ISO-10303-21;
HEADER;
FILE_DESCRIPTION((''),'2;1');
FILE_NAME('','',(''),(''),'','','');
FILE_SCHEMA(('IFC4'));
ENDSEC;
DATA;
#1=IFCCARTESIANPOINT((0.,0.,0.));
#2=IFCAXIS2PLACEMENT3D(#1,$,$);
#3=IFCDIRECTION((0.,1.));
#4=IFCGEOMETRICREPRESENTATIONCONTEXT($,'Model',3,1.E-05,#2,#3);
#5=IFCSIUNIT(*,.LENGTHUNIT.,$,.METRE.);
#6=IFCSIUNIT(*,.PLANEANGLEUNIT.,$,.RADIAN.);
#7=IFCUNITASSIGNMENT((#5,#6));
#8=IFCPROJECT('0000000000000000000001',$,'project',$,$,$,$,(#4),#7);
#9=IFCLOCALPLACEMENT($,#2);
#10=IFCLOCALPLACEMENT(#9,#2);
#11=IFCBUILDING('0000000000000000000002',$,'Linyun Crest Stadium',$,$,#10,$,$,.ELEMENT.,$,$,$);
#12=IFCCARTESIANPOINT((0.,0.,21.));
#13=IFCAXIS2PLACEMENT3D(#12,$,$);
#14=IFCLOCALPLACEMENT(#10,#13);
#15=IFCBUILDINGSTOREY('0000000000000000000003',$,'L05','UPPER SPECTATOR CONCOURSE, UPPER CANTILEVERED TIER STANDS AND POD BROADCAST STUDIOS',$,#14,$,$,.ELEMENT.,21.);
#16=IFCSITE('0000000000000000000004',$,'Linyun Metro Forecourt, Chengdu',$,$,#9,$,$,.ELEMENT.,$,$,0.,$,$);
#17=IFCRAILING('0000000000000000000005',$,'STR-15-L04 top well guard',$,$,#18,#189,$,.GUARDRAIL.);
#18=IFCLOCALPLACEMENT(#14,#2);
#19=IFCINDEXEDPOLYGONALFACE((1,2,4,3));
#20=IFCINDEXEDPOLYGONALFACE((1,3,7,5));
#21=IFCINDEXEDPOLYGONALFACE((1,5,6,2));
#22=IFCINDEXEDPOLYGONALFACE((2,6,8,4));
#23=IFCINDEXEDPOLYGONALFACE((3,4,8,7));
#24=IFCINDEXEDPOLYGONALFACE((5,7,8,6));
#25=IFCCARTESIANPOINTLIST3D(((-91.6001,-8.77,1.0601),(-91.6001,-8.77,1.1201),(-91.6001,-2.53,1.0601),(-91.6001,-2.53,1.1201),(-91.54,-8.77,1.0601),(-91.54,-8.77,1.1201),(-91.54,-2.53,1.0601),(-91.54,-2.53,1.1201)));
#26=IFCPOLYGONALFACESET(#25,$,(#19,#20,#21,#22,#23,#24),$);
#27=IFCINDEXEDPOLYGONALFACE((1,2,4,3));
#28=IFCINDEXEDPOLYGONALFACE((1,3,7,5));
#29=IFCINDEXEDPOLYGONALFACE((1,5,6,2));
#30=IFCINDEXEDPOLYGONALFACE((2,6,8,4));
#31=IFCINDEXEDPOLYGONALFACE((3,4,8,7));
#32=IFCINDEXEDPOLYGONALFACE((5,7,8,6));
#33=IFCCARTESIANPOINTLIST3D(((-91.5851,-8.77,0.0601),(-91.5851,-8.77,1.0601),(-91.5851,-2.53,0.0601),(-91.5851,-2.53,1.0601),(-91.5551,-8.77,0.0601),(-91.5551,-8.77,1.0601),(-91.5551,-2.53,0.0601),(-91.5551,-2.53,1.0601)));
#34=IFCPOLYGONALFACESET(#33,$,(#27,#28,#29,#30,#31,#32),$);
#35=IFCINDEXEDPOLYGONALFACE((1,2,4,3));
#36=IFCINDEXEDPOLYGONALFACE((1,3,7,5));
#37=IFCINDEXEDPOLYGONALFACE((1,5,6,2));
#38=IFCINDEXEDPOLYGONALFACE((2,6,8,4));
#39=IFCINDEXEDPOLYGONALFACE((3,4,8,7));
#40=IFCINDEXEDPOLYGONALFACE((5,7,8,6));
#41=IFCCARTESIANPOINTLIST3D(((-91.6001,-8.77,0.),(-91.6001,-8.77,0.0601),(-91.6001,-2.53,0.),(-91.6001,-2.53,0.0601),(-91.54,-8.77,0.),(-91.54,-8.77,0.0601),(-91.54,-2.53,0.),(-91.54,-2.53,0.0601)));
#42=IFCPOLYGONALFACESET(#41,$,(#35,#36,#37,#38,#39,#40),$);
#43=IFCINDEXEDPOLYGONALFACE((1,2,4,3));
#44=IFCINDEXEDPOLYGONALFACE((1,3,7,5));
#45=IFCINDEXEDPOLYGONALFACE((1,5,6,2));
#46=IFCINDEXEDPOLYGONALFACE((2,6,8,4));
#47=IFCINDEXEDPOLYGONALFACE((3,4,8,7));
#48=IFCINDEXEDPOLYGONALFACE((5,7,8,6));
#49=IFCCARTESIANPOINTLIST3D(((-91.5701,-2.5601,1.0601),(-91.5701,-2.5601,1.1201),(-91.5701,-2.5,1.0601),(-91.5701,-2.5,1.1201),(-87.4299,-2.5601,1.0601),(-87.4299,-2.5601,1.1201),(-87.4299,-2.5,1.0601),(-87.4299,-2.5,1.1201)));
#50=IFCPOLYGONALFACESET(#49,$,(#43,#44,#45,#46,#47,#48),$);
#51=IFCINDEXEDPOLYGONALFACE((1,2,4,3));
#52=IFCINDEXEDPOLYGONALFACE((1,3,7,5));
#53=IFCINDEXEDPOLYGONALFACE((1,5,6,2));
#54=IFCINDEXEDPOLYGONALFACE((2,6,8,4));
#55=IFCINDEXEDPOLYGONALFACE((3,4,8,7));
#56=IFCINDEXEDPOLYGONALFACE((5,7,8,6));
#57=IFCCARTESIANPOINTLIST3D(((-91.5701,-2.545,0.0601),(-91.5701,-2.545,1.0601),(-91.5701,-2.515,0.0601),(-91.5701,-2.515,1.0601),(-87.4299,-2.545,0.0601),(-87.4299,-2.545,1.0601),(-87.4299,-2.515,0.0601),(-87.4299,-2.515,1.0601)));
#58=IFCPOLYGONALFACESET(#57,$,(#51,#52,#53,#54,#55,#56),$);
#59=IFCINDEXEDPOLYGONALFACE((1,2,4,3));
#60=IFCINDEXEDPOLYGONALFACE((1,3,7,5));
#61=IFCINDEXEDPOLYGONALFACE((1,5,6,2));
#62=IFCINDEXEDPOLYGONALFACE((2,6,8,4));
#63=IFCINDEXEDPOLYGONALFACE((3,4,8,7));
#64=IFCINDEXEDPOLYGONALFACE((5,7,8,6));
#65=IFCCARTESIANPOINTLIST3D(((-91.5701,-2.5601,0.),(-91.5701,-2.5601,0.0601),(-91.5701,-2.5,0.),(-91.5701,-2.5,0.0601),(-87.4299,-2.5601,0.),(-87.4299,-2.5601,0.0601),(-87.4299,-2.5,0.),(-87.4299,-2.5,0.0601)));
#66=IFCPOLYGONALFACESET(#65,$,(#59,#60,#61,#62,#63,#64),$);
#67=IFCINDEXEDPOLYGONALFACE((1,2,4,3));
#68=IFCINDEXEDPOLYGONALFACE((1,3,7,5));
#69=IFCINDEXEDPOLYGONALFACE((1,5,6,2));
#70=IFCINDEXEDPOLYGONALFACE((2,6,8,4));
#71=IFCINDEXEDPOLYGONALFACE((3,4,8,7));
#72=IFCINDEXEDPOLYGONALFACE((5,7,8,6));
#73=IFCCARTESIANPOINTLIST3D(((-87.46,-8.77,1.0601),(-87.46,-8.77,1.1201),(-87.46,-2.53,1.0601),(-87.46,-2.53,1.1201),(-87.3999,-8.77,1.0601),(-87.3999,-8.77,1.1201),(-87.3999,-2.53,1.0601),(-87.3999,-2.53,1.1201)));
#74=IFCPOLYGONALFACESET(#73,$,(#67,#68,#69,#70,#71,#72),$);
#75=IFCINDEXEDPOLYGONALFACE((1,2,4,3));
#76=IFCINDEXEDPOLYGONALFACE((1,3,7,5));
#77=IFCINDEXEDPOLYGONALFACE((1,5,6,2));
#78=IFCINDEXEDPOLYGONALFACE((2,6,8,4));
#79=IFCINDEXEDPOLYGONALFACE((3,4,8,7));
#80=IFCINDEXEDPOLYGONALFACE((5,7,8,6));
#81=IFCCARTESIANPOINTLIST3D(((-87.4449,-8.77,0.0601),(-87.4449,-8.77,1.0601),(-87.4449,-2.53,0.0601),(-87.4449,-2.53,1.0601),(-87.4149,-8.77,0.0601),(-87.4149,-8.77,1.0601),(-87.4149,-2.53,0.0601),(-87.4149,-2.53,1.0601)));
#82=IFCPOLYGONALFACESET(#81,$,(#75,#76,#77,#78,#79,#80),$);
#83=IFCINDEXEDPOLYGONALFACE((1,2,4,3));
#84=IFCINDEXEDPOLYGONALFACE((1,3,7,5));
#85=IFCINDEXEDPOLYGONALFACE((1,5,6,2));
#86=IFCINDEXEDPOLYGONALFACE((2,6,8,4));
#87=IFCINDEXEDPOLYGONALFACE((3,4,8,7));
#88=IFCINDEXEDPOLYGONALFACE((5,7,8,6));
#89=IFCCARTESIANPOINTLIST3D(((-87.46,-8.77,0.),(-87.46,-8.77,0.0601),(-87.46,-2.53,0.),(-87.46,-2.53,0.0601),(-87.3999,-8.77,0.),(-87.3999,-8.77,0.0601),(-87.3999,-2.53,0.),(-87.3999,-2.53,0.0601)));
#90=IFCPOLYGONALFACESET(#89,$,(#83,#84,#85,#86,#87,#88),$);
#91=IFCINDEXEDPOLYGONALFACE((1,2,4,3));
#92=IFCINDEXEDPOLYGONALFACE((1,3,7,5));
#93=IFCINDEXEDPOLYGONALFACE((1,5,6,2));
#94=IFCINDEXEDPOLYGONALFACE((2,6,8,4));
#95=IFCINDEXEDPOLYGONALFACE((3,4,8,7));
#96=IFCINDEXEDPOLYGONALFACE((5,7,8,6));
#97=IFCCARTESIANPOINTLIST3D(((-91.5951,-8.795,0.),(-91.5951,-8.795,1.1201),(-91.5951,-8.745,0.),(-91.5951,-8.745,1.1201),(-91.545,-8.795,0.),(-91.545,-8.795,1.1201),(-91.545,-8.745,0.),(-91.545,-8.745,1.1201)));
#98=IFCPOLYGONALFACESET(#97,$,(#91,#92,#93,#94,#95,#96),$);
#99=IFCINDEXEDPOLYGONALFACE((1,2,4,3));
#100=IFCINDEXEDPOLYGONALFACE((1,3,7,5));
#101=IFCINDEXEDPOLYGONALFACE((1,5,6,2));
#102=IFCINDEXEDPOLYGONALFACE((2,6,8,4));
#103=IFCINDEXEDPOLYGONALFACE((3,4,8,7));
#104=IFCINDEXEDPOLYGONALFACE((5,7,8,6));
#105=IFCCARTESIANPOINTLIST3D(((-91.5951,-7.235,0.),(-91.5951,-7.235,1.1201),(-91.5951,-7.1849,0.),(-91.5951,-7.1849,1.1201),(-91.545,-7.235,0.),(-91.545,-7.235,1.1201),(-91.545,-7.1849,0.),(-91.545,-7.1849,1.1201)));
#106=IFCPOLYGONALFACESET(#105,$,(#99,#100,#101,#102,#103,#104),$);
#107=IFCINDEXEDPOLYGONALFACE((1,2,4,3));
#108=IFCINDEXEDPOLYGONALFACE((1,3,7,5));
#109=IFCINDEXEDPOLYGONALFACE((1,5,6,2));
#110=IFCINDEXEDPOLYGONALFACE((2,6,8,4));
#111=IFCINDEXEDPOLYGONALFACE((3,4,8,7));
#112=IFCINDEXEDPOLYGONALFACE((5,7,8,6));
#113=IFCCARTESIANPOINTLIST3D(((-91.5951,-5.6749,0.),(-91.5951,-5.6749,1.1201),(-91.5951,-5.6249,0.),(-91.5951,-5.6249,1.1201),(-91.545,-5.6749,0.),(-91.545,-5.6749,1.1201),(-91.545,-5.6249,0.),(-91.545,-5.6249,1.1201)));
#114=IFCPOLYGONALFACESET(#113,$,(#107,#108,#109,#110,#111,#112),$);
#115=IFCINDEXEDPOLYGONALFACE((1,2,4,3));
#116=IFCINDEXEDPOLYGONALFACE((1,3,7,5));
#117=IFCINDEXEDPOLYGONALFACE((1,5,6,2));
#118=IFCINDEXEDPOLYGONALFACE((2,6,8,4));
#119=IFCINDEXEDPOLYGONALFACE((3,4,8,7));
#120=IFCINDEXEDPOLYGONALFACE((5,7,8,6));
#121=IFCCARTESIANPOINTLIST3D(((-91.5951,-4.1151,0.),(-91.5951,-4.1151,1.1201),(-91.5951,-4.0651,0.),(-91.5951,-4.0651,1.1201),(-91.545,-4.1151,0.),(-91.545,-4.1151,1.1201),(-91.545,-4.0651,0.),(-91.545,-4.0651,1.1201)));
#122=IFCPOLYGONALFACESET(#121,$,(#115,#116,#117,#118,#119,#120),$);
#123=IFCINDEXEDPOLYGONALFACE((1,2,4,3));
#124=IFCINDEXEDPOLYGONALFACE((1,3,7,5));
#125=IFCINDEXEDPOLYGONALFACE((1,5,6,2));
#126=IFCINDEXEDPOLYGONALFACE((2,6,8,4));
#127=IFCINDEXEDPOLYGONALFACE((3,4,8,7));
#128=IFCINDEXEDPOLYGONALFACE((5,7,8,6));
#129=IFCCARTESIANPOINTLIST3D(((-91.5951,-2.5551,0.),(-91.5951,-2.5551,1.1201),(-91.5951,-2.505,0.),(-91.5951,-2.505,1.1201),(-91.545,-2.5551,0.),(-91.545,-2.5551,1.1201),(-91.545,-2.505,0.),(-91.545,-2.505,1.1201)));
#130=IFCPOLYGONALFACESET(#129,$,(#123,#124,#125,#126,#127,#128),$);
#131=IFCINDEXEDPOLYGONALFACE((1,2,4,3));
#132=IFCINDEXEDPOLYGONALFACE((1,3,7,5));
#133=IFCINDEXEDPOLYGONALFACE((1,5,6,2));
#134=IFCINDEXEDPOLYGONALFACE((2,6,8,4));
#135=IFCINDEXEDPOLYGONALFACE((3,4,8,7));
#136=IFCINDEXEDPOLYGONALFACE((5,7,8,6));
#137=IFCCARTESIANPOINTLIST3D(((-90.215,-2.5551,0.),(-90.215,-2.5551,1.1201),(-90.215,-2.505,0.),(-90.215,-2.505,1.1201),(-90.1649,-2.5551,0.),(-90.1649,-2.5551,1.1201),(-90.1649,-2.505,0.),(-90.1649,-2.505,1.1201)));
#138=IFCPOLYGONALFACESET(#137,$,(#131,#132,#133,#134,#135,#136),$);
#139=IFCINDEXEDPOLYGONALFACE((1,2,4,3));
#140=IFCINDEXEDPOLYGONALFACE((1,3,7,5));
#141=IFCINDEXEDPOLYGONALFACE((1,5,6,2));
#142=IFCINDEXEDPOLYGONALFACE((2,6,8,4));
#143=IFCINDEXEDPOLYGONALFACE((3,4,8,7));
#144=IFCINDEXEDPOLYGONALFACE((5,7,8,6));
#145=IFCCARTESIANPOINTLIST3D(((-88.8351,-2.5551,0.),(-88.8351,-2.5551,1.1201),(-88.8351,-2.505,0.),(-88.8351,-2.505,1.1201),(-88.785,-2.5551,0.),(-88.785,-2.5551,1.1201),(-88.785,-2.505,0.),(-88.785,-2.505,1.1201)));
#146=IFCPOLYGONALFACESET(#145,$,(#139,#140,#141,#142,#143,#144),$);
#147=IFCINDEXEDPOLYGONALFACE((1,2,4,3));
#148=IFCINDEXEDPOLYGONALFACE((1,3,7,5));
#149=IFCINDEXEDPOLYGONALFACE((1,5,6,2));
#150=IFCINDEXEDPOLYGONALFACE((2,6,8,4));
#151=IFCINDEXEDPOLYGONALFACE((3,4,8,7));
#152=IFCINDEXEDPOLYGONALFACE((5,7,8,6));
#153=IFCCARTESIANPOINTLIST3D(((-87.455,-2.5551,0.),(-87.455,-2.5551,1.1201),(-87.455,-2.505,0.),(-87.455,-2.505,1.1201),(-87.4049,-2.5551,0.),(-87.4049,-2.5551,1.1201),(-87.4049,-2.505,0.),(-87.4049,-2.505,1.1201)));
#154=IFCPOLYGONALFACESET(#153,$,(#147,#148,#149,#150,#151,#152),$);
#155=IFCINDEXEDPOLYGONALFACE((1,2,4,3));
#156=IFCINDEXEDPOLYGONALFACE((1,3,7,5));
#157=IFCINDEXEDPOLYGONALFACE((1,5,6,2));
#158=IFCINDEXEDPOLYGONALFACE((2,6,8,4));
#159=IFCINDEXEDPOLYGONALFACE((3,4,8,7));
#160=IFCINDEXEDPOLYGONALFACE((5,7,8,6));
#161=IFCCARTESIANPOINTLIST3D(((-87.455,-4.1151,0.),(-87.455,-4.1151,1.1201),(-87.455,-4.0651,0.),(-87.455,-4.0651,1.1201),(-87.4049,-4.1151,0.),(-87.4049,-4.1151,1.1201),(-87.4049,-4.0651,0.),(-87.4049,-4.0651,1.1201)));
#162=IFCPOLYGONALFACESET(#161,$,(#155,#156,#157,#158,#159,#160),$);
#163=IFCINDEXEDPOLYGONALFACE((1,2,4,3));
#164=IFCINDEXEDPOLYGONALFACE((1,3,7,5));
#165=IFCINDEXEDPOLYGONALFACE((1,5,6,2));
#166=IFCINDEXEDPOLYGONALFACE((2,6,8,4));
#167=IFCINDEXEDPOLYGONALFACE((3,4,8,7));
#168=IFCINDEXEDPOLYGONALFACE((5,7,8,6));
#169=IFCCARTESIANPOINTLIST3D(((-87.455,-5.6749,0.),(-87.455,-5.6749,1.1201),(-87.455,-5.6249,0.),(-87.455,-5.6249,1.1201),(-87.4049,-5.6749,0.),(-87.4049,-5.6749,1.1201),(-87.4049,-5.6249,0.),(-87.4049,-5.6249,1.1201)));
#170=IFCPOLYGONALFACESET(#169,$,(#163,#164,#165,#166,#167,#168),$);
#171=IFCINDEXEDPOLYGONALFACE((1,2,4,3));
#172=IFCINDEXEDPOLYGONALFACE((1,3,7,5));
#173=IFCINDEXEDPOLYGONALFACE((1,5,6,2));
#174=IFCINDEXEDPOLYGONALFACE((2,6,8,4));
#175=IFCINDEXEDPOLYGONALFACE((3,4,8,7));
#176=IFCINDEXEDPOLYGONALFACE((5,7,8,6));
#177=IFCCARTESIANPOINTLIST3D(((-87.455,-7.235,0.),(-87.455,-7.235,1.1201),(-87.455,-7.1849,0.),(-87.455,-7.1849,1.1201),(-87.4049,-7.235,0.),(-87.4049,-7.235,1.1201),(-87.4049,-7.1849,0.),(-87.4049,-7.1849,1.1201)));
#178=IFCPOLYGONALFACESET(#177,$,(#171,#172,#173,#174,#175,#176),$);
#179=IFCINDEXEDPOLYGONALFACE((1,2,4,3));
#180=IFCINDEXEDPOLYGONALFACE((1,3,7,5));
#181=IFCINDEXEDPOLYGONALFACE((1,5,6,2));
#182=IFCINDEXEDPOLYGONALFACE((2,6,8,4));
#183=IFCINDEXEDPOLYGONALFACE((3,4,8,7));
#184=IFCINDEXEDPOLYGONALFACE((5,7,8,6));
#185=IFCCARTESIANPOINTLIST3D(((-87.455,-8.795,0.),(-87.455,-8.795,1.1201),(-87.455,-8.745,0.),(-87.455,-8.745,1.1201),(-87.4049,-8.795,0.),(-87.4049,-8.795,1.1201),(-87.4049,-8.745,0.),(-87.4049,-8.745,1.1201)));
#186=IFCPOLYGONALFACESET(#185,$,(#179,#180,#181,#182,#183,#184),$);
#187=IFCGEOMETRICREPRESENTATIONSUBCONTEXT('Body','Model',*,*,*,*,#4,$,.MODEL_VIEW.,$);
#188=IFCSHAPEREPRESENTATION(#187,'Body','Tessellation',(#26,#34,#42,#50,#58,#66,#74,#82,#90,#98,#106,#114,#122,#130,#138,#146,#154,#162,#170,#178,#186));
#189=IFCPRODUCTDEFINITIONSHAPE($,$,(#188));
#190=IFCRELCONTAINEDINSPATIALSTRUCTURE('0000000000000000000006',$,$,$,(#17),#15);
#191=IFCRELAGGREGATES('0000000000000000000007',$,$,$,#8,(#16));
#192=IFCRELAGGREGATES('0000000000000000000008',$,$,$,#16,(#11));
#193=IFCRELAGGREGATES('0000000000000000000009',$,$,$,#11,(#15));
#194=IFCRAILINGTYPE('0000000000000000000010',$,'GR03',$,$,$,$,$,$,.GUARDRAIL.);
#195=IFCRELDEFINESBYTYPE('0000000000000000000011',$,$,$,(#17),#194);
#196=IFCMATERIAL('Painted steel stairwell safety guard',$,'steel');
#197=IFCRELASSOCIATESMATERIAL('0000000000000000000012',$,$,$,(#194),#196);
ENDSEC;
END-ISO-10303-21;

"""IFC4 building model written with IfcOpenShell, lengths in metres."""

from ifc_helpers import new_model, si_unit, direction, frame, origin, origin_2d, place, context, subcontext, project, spatial, rectangle, extrude, material, type_object, element, save


model = new_model("IFC4")

# Units and contexts
model_context = context("Model", 3, precision=1e-05, world=origin(), true_north=direction((0.0, 1.0)))
body_context = subcontext(model_context, "Body", "Model", "MODEL_VIEW")
ifc_project = project(units=[si_unit("LENGTHUNIT", "METRE"), si_unit("PLANEANGLEUNIT", "RADIAN")], contexts=[model_context])

# Site, building, storey
site_placement = place(None, origin())
site = spatial("IfcSite", under=ifc_project, at=site_placement, Name="Linyun Metro Forecourt, Chengdu", CompositionType="ELEMENT", RefElevation=0.0)
building_placement = place(site_placement, origin())
building = spatial("IfcBuilding", under=site, at=building_placement, Name="Linyun Crest Stadium", CompositionType="ELEMENT")
storey_placement = place(building_placement, frame((0.0, 0.0, 21.0)))
storey = spatial("IfcBuildingStorey", under=building, at=storey_placement, Name="L05", Description="UPPER SPECTATOR CONCOURSE, UPPER CANTILEVERED TIER STANDS AND POD BROADCAST STUDIOS", CompositionType="ELEMENT", Elevation=21.0)

# Railing
ifc_material_1 = material(Name="Painted steel stairwell safety guard", Category="steel")
railing_type_1 = type_object("IfcRailingType", Name="GR03", PredefinedType="GUARDRAIL", material=ifc_material_1)
railing_1_placement = place(storey_placement, frame((-91.5701, -8.77, 0.0)))
element("IfcRailing", 1, at=railing_1_placement, inside=storey, type_object=railing_type_1, Name="STR-15-L04 top well guard", PredefinedType="GUARDRAIL", context=body_context, shape_type="SweptSolid", body=[
    extrude(rectangle(XDim=0.0601, YDim=0.0601, at=origin_2d()), frame((0.0, 0.0, 1.0901), z_axis=(0.0, 1.0, 0.0), x_axis=(-1.0, 0.0, 0.0)), (0.0, 0.0, 1.0), 6.24),
    extrude(rectangle(XDim=0.03, YDim=1.0, at=origin_2d()), frame((0.0, 0.0, 0.5601), z_axis=(0.0, 1.0, 0.0), x_axis=(-1.0, 0.0, 0.0)), (0.0, 0.0, 1.0), 6.24),
    extrude(rectangle(XDim=0.0601, YDim=0.0601, at=origin_2d()), frame((0.0, 0.0, 0.03), z_axis=(0.0, 1.0, 0.0), x_axis=(-1.0, 0.0, 0.0)), (0.0, 0.0, 1.0), 6.24),
    extrude(rectangle(XDim=0.0601, YDim=0.0601, at=origin_2d()), frame((0.0, 6.24, 1.0901), z_axis=(1.0, 0.0, 0.0), x_axis=(0.0, 1.0, 0.0)), (0.0, 0.0, 1.0), 4.1401),
    extrude(rectangle(XDim=0.03, YDim=1.0, at=origin_2d()), frame((0.0, 6.24, 0.5601), z_axis=(1.0, 0.0, 0.0), x_axis=(0.0, 1.0, 0.0)), (0.0, 0.0, 1.0), 4.1401),
    extrude(rectangle(XDim=0.0601, YDim=0.0601, at=origin_2d()), frame((0.0, 6.24, 0.03), z_axis=(1.0, 0.0, 0.0), x_axis=(0.0, 1.0, 0.0)), (0.0, 0.0, 1.0), 4.1401),
    extrude(rectangle(XDim=0.0601, YDim=0.0601, at=origin_2d()), frame((4.1401, 6.24, 1.0901), z_axis=(0.0, -1.0, 0.0), x_axis=(1.0, 0.0, 0.0)), (0.0, 0.0, 1.0), 6.24),
    extrude(rectangle(XDim=0.03, YDim=1.0, at=origin_2d()), frame((4.1401, 6.24, 0.5601), z_axis=(0.0, -1.0, 0.0), x_axis=(1.0, 0.0, 0.0)), (0.0, 0.0, 1.0), 6.24),
    extrude(rectangle(XDim=0.0601, YDim=0.0601, at=origin_2d()), frame((4.1401, 6.24, 0.03), z_axis=(0.0, -1.0, 0.0), x_axis=(1.0, 0.0, 0.0)), (0.0, 0.0, 1.0), 6.24),
    extrude(rectangle(XDim=0.05, YDim=0.05, at=origin_2d()), origin(), (0.0, 0.0, 1.0), 1.1201),
    extrude(rectangle(XDim=0.05, YDim=0.05, at=origin_2d()), frame((0.0, 1.5601, 0.0)), (0.0, 0.0, 1.0), 1.1201),
    extrude(rectangle(XDim=0.05, YDim=0.05, at=origin_2d()), frame((0.0, 3.1201, 0.0)), (0.0, 0.0, 1.0), 1.1201),
    extrude(rectangle(XDim=0.05, YDim=0.05, at=origin_2d()), frame((0.0, 4.6799, 0.0)), (0.0, 0.0, 1.0), 1.1201),
    extrude(rectangle(XDim=0.05, YDim=0.05, at=origin_2d()), frame((0.0, 6.24, 0.0)), (0.0, 0.0, 1.0), 1.1201),
    extrude(rectangle(XDim=0.05, YDim=0.05, at=origin_2d()), frame((1.3801, 6.24, 0.0)), (0.0, 0.0, 1.0), 1.1201),
    extrude(rectangle(XDim=0.05, YDim=0.05, at=origin_2d()), frame((2.76, 6.24, 0.0)), (0.0, 0.0, 1.0), 1.1201),
    extrude(rectangle(XDim=0.05, YDim=0.05, at=origin_2d()), frame((4.1401, 6.24, 0.0)), (0.0, 0.0, 1.0), 1.1201),
    extrude(rectangle(XDim=0.05, YDim=0.05, at=origin_2d()), frame((4.1401, 4.6799, 0.0)), (0.0, 0.0, 1.0), 1.1201),
    extrude(rectangle(XDim=0.05, YDim=0.05, at=origin_2d()), frame((4.1401, 3.1201, 0.0)), (0.0, 0.0, 1.0), 1.1201),
    extrude(rectangle(XDim=0.05, YDim=0.05, at=origin_2d()), frame((4.1401, 1.5601, 0.0)), (0.0, 0.0, 1.0), 1.1201),
    extrude(rectangle(XDim=0.05, YDim=0.05, at=origin_2d()), frame((4.1401, 0.0, 0.0)), (0.0, 0.0, 1.0), 1.1201),
])

save(model, "model.ifc")
